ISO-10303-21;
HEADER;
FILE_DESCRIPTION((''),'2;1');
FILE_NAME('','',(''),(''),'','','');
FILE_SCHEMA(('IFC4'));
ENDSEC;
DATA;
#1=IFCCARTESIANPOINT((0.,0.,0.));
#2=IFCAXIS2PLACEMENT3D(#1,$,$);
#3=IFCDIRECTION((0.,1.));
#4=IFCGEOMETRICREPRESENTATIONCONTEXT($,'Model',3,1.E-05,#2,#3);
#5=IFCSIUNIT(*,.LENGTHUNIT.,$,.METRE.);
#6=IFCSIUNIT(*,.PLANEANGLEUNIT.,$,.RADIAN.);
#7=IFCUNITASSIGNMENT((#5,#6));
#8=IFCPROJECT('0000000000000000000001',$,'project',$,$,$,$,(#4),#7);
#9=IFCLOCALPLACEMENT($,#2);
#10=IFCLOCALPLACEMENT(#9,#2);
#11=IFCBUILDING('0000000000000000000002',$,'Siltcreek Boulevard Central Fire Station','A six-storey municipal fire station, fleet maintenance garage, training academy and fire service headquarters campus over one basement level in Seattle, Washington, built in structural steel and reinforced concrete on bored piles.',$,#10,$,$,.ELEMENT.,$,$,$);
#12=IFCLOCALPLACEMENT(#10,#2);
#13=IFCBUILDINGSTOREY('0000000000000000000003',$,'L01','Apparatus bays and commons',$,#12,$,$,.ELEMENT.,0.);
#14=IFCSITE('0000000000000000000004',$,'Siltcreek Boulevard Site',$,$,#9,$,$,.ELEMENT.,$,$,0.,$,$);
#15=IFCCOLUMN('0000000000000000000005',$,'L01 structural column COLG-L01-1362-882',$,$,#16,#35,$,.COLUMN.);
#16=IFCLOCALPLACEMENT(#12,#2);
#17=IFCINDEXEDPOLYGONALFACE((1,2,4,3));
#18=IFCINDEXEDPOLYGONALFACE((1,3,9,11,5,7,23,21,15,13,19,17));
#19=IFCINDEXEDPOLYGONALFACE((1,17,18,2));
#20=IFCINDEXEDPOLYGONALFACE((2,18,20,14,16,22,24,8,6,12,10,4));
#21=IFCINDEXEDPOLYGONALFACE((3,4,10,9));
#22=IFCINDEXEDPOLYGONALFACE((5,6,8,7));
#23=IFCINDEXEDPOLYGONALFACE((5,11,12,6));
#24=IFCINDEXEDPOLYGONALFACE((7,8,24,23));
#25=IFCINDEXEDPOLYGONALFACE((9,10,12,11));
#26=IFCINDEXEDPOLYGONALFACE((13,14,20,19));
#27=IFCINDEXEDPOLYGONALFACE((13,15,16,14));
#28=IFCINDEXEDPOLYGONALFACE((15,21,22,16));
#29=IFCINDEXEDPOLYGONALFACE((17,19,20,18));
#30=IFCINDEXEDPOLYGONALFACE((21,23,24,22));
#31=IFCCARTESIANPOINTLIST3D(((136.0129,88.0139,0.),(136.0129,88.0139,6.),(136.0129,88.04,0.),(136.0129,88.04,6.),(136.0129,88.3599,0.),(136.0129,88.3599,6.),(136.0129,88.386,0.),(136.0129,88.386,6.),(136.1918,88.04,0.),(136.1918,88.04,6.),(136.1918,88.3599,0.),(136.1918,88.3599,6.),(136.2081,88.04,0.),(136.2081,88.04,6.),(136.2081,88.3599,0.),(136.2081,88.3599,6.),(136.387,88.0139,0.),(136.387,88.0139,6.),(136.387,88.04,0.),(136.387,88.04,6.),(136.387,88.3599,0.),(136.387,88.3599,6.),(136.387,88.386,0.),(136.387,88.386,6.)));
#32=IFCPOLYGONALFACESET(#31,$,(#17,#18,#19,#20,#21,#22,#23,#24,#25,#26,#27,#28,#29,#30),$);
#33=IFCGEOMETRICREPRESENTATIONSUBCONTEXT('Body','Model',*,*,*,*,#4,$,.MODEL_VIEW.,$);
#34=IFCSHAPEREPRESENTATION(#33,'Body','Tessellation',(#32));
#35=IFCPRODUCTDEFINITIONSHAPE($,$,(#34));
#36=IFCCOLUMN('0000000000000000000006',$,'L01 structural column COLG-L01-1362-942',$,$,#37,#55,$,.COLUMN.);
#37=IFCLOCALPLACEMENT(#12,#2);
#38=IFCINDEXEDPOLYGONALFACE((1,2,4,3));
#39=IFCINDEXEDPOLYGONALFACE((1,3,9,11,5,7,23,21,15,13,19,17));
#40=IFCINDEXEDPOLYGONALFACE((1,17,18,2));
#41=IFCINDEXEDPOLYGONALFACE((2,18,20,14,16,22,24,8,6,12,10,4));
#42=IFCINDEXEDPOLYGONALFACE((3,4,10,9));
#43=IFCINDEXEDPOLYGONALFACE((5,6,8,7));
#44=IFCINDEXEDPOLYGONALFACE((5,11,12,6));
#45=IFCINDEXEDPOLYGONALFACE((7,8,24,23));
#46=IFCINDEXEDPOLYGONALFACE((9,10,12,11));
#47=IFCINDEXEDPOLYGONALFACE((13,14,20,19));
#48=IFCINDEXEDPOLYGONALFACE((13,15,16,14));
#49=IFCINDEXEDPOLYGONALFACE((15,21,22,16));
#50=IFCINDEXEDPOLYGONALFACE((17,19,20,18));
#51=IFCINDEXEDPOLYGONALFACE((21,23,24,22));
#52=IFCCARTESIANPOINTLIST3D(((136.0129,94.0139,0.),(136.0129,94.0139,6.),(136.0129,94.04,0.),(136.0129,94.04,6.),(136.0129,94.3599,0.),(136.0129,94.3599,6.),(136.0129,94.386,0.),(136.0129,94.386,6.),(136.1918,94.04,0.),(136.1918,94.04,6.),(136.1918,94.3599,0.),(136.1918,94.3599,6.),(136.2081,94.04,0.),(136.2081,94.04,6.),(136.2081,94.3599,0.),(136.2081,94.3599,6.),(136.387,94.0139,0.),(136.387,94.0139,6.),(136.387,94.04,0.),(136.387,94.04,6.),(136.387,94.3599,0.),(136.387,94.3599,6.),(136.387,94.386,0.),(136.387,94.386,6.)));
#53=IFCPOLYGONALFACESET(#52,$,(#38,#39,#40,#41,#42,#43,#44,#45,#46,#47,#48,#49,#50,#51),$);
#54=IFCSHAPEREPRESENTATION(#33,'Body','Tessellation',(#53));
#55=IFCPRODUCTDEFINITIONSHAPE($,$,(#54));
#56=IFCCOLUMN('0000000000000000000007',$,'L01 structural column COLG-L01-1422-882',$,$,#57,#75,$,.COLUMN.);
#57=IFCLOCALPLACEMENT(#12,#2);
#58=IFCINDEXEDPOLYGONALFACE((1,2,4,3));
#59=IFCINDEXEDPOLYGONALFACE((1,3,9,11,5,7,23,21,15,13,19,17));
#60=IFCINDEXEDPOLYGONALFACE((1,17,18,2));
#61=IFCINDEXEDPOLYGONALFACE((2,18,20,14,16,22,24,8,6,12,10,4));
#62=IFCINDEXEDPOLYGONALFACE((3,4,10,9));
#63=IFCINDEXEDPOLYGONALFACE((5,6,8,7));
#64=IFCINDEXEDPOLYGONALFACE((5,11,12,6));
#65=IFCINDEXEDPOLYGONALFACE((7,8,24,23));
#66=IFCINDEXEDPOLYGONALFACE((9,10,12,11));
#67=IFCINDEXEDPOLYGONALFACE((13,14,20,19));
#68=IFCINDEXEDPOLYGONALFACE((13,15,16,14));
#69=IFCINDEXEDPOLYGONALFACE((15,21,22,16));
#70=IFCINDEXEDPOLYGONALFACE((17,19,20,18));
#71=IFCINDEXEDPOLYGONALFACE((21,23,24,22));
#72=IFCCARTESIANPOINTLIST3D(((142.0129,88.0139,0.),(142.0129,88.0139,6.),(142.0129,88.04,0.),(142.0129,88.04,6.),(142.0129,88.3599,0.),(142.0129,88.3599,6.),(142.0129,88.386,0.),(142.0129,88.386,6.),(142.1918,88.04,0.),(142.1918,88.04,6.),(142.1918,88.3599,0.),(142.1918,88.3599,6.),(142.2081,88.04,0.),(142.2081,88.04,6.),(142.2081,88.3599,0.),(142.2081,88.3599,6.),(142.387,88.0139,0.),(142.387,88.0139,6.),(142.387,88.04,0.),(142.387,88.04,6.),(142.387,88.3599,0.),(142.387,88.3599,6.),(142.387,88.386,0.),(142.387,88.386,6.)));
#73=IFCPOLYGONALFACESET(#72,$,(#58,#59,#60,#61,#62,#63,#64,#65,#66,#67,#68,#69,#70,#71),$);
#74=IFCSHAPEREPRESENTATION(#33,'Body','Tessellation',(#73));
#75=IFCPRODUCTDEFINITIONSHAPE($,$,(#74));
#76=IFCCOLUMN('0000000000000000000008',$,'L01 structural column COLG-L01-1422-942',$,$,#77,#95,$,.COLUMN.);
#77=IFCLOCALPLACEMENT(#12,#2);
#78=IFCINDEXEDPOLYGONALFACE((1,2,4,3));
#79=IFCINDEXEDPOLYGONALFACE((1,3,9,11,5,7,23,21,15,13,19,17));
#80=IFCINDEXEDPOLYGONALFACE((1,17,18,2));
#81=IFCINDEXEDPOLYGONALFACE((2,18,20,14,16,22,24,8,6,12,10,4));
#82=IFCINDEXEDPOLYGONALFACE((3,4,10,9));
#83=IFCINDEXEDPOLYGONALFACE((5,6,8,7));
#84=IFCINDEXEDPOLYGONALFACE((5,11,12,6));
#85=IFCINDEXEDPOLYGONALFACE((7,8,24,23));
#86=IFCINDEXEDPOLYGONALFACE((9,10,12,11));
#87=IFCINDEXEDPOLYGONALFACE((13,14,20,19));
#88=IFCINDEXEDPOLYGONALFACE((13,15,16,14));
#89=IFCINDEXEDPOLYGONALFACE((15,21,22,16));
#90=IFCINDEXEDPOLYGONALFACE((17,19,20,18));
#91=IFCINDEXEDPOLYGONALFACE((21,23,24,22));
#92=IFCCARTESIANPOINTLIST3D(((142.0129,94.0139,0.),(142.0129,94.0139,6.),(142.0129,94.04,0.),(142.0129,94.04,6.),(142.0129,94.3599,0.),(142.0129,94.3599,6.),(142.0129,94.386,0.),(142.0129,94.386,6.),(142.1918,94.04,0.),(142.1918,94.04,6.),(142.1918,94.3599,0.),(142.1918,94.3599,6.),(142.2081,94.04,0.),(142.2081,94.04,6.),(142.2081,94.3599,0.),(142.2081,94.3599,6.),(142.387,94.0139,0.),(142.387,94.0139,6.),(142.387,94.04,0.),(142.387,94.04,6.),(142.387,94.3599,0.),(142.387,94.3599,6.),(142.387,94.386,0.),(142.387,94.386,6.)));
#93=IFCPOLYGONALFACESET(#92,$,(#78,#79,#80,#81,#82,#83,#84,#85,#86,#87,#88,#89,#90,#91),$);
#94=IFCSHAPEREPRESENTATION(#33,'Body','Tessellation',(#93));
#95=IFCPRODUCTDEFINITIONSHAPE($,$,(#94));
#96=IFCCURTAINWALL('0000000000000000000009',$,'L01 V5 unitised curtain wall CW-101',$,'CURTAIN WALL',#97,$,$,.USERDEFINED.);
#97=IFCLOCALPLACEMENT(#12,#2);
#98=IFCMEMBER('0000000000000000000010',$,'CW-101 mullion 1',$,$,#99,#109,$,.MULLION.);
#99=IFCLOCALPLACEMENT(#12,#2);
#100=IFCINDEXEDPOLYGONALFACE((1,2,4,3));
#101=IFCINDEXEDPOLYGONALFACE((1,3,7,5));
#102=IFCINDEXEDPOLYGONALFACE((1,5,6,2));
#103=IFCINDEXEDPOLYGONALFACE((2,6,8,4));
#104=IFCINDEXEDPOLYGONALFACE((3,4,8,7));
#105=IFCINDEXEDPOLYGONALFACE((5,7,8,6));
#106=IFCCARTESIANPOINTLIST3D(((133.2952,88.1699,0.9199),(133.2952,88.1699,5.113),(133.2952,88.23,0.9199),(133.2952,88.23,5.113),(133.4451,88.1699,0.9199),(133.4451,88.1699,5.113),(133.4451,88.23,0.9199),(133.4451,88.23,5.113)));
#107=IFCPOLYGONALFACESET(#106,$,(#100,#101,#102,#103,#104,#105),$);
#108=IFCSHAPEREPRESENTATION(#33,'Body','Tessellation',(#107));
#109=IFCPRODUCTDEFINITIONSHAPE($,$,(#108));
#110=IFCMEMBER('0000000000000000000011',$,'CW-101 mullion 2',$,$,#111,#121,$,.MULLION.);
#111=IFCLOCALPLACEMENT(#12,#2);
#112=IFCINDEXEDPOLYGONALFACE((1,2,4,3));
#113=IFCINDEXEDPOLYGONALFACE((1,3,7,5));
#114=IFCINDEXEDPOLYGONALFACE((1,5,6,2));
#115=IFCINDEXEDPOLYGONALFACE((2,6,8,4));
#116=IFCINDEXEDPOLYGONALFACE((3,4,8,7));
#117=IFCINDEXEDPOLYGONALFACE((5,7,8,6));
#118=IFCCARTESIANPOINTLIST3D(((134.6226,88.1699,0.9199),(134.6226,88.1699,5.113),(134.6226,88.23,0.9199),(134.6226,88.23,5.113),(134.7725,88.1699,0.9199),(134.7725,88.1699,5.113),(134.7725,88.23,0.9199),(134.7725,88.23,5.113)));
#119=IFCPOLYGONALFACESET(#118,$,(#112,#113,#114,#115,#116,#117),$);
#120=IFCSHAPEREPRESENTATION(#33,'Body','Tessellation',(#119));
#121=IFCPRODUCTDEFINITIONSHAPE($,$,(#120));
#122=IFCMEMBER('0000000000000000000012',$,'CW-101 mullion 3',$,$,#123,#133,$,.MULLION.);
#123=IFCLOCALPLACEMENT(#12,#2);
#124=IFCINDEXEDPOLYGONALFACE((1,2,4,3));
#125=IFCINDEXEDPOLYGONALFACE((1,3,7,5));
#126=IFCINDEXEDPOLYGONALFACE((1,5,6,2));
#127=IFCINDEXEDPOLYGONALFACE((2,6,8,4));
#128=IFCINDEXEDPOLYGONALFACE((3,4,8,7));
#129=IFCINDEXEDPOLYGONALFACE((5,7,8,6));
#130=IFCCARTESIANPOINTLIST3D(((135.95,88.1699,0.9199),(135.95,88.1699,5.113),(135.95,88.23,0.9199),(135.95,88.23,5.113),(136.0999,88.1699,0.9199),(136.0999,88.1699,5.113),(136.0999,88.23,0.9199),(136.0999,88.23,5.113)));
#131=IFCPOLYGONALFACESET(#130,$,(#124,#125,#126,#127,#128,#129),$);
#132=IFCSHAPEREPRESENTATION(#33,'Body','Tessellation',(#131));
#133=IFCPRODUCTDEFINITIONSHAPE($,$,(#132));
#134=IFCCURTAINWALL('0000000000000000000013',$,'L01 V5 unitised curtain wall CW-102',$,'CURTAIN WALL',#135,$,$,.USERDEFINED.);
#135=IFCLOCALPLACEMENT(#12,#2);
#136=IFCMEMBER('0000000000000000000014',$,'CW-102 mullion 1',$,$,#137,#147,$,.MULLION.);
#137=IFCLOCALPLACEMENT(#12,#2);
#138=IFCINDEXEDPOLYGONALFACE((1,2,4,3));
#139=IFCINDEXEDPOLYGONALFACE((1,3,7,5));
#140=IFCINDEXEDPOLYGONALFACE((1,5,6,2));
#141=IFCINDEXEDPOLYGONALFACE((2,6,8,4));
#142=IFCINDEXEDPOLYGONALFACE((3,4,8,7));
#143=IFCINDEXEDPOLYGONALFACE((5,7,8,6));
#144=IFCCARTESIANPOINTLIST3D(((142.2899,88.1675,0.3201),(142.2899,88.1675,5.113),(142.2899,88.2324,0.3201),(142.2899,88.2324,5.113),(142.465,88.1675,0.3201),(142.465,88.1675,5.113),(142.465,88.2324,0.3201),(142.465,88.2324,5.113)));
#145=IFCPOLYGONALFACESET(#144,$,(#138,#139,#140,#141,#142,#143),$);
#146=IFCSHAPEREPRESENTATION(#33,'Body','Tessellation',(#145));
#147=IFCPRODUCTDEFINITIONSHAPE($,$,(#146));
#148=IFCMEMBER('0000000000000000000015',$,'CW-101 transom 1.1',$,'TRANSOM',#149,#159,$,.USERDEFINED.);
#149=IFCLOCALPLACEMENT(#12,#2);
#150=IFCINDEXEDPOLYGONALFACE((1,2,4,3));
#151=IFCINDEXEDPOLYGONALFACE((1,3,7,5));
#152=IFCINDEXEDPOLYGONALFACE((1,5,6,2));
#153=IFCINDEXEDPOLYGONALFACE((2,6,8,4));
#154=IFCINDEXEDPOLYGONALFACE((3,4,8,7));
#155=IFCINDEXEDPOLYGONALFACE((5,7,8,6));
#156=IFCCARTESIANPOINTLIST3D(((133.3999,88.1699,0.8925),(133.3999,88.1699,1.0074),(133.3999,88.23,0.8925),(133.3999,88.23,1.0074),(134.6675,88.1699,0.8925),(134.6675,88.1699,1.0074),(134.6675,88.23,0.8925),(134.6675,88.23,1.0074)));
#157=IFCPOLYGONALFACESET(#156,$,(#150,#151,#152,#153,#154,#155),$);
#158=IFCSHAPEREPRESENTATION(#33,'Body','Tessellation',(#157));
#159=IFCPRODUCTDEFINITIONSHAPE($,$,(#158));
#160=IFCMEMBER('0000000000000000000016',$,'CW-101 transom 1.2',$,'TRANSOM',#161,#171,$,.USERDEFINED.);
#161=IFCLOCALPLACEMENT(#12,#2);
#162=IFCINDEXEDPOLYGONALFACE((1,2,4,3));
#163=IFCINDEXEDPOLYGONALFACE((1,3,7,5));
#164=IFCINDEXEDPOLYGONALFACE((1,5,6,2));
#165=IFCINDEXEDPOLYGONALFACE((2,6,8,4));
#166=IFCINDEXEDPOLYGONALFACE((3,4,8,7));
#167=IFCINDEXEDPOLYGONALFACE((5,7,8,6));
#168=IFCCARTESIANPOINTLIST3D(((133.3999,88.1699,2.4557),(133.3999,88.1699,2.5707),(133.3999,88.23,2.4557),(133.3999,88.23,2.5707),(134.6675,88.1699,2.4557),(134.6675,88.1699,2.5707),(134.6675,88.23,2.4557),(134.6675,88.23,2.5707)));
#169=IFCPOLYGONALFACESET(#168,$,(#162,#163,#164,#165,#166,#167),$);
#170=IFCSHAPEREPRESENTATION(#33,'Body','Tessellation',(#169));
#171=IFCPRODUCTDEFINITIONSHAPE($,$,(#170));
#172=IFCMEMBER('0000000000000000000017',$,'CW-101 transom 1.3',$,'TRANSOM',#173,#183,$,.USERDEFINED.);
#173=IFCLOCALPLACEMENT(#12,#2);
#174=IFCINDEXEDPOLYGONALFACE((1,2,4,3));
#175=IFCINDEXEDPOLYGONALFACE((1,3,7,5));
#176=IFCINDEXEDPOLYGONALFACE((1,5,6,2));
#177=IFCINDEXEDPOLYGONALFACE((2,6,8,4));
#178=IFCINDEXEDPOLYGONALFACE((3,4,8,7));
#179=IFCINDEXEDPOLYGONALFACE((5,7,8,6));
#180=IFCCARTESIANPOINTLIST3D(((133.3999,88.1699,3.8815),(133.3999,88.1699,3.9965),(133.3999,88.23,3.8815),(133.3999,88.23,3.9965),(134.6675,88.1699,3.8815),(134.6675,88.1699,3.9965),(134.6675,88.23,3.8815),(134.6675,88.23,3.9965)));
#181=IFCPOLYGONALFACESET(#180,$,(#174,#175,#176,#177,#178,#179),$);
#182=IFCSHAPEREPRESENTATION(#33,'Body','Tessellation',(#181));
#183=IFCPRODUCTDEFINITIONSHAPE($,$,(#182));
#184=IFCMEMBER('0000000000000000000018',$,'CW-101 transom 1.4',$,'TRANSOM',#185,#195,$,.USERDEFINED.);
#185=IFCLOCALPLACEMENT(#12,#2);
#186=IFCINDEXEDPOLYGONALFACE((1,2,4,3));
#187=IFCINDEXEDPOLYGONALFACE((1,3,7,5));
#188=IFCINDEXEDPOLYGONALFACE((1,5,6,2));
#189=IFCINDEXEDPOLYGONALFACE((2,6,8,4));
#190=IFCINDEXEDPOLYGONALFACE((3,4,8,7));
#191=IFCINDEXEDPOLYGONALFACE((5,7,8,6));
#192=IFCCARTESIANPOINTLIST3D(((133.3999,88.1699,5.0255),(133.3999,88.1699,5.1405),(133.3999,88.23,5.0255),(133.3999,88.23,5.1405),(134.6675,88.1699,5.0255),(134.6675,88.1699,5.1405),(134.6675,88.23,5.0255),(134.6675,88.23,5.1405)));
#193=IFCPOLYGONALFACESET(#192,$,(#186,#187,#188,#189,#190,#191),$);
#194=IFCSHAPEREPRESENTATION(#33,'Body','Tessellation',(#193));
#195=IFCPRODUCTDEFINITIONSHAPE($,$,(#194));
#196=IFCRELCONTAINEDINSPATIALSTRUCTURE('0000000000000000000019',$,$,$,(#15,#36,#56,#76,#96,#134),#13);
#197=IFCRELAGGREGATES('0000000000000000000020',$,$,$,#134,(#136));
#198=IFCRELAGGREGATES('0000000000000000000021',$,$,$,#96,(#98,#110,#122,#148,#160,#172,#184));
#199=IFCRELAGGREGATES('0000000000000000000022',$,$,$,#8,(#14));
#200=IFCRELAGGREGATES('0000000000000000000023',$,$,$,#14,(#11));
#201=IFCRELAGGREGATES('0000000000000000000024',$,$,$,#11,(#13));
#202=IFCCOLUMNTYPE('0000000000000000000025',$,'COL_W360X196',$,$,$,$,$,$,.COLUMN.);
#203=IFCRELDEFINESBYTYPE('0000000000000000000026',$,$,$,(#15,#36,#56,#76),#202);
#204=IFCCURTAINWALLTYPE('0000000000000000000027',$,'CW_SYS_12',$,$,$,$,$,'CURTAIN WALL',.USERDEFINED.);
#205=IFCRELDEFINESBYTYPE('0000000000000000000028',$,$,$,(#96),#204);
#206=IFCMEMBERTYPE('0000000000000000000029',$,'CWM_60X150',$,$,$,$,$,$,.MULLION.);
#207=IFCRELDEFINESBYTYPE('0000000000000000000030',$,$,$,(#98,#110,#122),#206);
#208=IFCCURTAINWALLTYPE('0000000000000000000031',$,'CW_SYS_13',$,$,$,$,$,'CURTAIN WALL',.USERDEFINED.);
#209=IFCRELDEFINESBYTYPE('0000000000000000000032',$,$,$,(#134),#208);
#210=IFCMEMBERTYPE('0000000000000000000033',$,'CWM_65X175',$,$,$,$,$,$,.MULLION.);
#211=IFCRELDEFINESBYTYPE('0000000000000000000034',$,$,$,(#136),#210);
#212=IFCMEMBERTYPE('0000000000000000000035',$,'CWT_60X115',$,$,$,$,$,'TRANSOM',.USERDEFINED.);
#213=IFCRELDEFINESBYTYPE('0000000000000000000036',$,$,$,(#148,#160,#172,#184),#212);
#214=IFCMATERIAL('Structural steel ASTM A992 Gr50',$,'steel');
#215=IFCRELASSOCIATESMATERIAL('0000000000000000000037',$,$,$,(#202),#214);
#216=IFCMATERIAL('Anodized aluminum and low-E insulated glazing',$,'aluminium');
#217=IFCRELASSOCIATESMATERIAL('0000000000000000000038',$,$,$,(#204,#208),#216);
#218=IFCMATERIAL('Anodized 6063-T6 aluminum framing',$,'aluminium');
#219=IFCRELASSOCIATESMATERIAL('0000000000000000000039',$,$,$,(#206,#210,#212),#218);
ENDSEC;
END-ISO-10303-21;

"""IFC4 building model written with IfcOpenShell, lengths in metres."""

from ifc_helpers import new_model, si_unit, direction, frame, origin, origin_2d, place, context, subcontext, project, spatial, rectangle, i_section, extrude, material, material_profile, profile_set, type_object, element, aggregate, save


model = new_model("IFC4")

# Units and contexts
model_context = context("Model", 3, precision=1e-05, world=origin(), true_north=direction((0.0, 1.0)))
body_context = subcontext(model_context, "Body", "Model", "MODEL_VIEW")
ifc_project = project(units=[si_unit("LENGTHUNIT", "METRE"), si_unit("PLANEANGLEUNIT", "RADIAN")], contexts=[model_context])

# Site, building, storey
site_placement = place(None, origin())
site = spatial("IfcSite", under=ifc_project, at=site_placement, Name="Siltcreek Boulevard Site", CompositionType="ELEMENT", RefElevation=0.0)
building_placement = place(site_placement, origin())
building = spatial("IfcBuilding", under=site, at=building_placement, Name="Siltcreek Boulevard Central Fire Station", Description="A six-storey municipal fire station, fleet maintenance garage, training academy and fire service headquarters campus over one basement level in Seattle, Washington, built in structural steel and reinforced concrete on bored piles.", CompositionType="ELEMENT")
storey_placement = place(building_placement, origin())
storey = spatial("IfcBuildingStorey", under=building, at=storey_placement, Name="L01", Description="Apparatus bays and commons", CompositionType="ELEMENT", Elevation=0.0)

# Columns
ifc_material_1 = material(Name="Structural steel ASTM A992 Gr50", Category="steel")
ifc_material_profile_1 = material_profile(ifc_material_1, i_section(OverallWidth=0.374, OverallDepth=0.3721, WebThickness=0.0164, FlangeThickness=0.0261, at=origin_2d()), Name="W360X196")
ifc_profile_set_1 = profile_set([ifc_material_profile_1], Name="Structural steel ASTM A992 Gr50")
column_type = type_object("IfcColumnType", Name="COL_W360X196", PredefinedType="COLUMN", material=ifc_profile_set_1)
for number, where, z_axis, x_axis, name in (
    (1, (136.2, 88.2, 0.0), (0.0, 0.0, 1.0), (1.0, 0.0, 0.0), "L01 structural column COLG-L01-1362-882"),
    (2, (136.2, 94.2, 0.0), (0.0, 0.0, 1.0), (1.0, 0.0, 0.0), "L01 structural column COLG-L01-1362-942"),
    (3, (142.2, 88.2, 0.0), (0.0, 0.0, 1.0), (1.0, 0.0, 0.0), "L01 structural column COLG-L01-1422-882"),
    (4, (142.2, 94.2, 0.0), (0.0, 0.0, 1.0), (1.0, 0.0, 0.0), "L01 structural column COLG-L01-1422-942"),
):
    element("IfcColumn", number, at=place(storey_placement, frame(where, z_axis=z_axis, x_axis=x_axis)), inside=storey, type_object=column_type, Name=name, PredefinedType="COLUMN", context=body_context, shape_type="SweptSolid", body=[
        extrude(i_section(OverallWidth=0.374, OverallDepth=0.3721, WebThickness=0.0164, FlangeThickness=0.0261, at=origin_2d()), origin(), (0.0, 0.0, 1.0), 6.0),
    ])

# Curtain wall, members
ifc_material_2 = material(Name="Anodized aluminum and low-E insulated glazing", Category="aluminium")
curtain_wall_type_1 = type_object("IfcCurtainWallType", Name="CW_SYS_12", ElementType="CURTAIN WALL", PredefinedType="USERDEFINED", material=ifc_material_2)
curtain_wall_1_placement = place(storey_placement, origin())
curtain_wall_1 = element("IfcCurtainWall", 5, at=curtain_wall_1_placement, inside=storey, type_object=curtain_wall_type_1, Name="L01 V5 unitised curtain wall CW-101", ObjectType="CURTAIN WALL", PredefinedType="USERDEFINED")
ifc_material_3 = material(Name="Anodized 6063-T6 aluminum framing", Category="aluminium")
ifc_material_profile_2 = material_profile(ifc_material_3, rectangle(XDim=0.0601, YDim=0.1499, at=origin_2d()), Name="MULL60X150")
ifc_profile_set_2 = profile_set([ifc_material_profile_2], Name="Anodized 6063-T6 aluminum framing")
member_type_1 = type_object("IfcMemberType", Name="CWM_60X150", PredefinedType="MULLION", material=ifc_profile_set_2)
member_1_placement = place(storey_placement, frame((133.3701, 88.2, 0.9199), z_axis=(0.0, 0.0, 1.0), x_axis=(0.0, 1.0, 0.0)))
member_1 = element("IfcMember", 6, at=member_1_placement, type_object=member_type_1, Name="CW-101 mullion 1", PredefinedType="MULLION", context=body_context, shape_type="SweptSolid", body=[
    extrude(rectangle(XDim=0.0601, YDim=0.1499, at=origin_2d()), origin(), (0.0, 0.0, 1.0), 4.1931),
])
member_2_placement = place(storey_placement, frame((134.6975, 88.2, 0.9199), z_axis=(0.0, 0.0, 1.0), x_axis=(0.0, 1.0, 0.0)))
member_2 = element("IfcMember", 7, at=member_2_placement, type_object=member_type_1, Name="CW-101 mullion 2", PredefinedType="MULLION", context=body_context, shape_type="SweptSolid", body=[
    extrude(rectangle(XDim=0.0601, YDim=0.1499, at=origin_2d()), origin(), (0.0, 0.0, 1.0), 4.1931),
])
member_3_placement = place(storey_placement, frame((136.0249, 88.2, 0.9199), z_axis=(0.0, 0.0, 1.0), x_axis=(0.0, 1.0, 0.0)))
member_3 = element("IfcMember", 8, at=member_3_placement, type_object=member_type_1, Name="CW-101 mullion 3", PredefinedType="MULLION", context=body_context, shape_type="SweptSolid", body=[
    extrude(rectangle(XDim=0.0601, YDim=0.1499, at=origin_2d()), origin(), (0.0, 0.0, 1.0), 4.1931),
])

# Curtain wall, member
curtain_wall_type_2 = type_object("IfcCurtainWallType", Name="CW_SYS_13", ElementType="CURTAIN WALL", PredefinedType="USERDEFINED", material=ifc_material_2)
curtain_wall_2_placement = place(storey_placement, origin())
curtain_wall_2 = element("IfcCurtainWall", 9, at=curtain_wall_2_placement, inside=storey, type_object=curtain_wall_type_2, Name="L01 V5 unitised curtain wall CW-102", ObjectType="CURTAIN WALL", PredefinedType="USERDEFINED")
ifc_material_profile_3 = material_profile(ifc_material_3, rectangle(XDim=0.0649, YDim=0.175, at=origin_2d()), Name="MULL65X175")
ifc_profile_set_3 = profile_set([ifc_material_profile_3], Name="Anodized 6063-T6 aluminum framing")
member_type_2 = type_object("IfcMemberType", Name="CWM_65X175", PredefinedType="MULLION", material=ifc_profile_set_3)
member_4_placement = place(storey_placement, frame((142.3774, 88.2, 0.3201), z_axis=(0.0, 0.0, 1.0), x_axis=(0.0, 1.0, 0.0)))
member_4 = element("IfcMember", 10, at=member_4_placement, type_object=member_type_2, Name="CW-102 mullion 1", PredefinedType="MULLION", context=body_context, shape_type="SweptSolid", body=[
    extrude(rectangle(XDim=0.0649, YDim=0.175, at=origin_2d()), origin(), (0.0, 0.0, 1.0), 4.793),
])
aggregate(curtain_wall_2, [member_4])

# Members
ifc_material_profile_4 = material_profile(ifc_material_3, rectangle(XDim=0.0601, YDim=0.115, at=origin_2d()), Name="TRAN60X115")
ifc_profile_set_4 = profile_set([ifc_material_profile_4], Name="Anodized 6063-T6 aluminum framing")
member_type_3 = type_object("IfcMemberType", Name="CWT_60X115", ElementType="TRANSOM", PredefinedType="USERDEFINED", material=ifc_profile_set_4)
member_5_placement = place(storey_placement, frame((133.3999, 88.2, 0.95), z_axis=(1.0, 0.0, 0.0), x_axis=(0.0, 1.0, 0.0)))
member_5 = element("IfcMember", 11, at=member_5_placement, type_object=member_type_3, Name="CW-101 transom 1.1", ObjectType="TRANSOM", PredefinedType="USERDEFINED", context=body_context, shape_type="SweptSolid", body=[
    extrude(rectangle(XDim=0.0601, YDim=0.115, at=origin_2d()), origin(), (0.0, 0.0, 1.0), 1.2676),
])
member_6_placement = place(storey_placement, frame((133.3999, 88.2, 2.5132), z_axis=(1.0, 0.0, 0.0), x_axis=(0.0, 1.0, 0.0)))
member_6 = element("IfcMember", 12, at=member_6_placement, type_object=member_type_3, Name="CW-101 transom 1.2", ObjectType="TRANSOM", PredefinedType="USERDEFINED", context=body_context, shape_type="SweptSolid", body=[
    extrude(rectangle(XDim=0.0601, YDim=0.115, at=origin_2d()), origin(), (0.0, 0.0, 1.0), 1.2676),
])
member_7_placement = place(storey_placement, frame((133.3999, 88.2, 3.939), z_axis=(1.0, 0.0, 0.0), x_axis=(0.0, 1.0, 0.0)))
member_7 = element("IfcMember", 13, at=member_7_placement, type_object=member_type_3, Name="CW-101 transom 1.3", ObjectType="TRANSOM", PredefinedType="USERDEFINED", context=body_context, shape_type="SweptSolid", body=[
    extrude(rectangle(XDim=0.0601, YDim=0.115, at=origin_2d()), origin(), (0.0, 0.0, 1.0), 1.2676),
])
member_8_placement = place(storey_placement, frame((133.3999, 88.2, 5.083), z_axis=(1.0, 0.0, 0.0), x_axis=(0.0, 1.0, 0.0)))
member_8 = element("IfcMember", 14, at=member_8_placement, type_object=member_type_3, Name="CW-101 transom 1.4", ObjectType="TRANSOM", PredefinedType="USERDEFINED", context=body_context, shape_type="SweptSolid", body=[
    extrude(rectangle(XDim=0.0601, YDim=0.115, at=origin_2d()), origin(), (0.0, 0.0, 1.0), 1.2676),
])

aggregate(curtain_wall_1, [member_1, member_2, member_3, member_5, member_6, member_7, member_8])

save(model, "model.ifc")
